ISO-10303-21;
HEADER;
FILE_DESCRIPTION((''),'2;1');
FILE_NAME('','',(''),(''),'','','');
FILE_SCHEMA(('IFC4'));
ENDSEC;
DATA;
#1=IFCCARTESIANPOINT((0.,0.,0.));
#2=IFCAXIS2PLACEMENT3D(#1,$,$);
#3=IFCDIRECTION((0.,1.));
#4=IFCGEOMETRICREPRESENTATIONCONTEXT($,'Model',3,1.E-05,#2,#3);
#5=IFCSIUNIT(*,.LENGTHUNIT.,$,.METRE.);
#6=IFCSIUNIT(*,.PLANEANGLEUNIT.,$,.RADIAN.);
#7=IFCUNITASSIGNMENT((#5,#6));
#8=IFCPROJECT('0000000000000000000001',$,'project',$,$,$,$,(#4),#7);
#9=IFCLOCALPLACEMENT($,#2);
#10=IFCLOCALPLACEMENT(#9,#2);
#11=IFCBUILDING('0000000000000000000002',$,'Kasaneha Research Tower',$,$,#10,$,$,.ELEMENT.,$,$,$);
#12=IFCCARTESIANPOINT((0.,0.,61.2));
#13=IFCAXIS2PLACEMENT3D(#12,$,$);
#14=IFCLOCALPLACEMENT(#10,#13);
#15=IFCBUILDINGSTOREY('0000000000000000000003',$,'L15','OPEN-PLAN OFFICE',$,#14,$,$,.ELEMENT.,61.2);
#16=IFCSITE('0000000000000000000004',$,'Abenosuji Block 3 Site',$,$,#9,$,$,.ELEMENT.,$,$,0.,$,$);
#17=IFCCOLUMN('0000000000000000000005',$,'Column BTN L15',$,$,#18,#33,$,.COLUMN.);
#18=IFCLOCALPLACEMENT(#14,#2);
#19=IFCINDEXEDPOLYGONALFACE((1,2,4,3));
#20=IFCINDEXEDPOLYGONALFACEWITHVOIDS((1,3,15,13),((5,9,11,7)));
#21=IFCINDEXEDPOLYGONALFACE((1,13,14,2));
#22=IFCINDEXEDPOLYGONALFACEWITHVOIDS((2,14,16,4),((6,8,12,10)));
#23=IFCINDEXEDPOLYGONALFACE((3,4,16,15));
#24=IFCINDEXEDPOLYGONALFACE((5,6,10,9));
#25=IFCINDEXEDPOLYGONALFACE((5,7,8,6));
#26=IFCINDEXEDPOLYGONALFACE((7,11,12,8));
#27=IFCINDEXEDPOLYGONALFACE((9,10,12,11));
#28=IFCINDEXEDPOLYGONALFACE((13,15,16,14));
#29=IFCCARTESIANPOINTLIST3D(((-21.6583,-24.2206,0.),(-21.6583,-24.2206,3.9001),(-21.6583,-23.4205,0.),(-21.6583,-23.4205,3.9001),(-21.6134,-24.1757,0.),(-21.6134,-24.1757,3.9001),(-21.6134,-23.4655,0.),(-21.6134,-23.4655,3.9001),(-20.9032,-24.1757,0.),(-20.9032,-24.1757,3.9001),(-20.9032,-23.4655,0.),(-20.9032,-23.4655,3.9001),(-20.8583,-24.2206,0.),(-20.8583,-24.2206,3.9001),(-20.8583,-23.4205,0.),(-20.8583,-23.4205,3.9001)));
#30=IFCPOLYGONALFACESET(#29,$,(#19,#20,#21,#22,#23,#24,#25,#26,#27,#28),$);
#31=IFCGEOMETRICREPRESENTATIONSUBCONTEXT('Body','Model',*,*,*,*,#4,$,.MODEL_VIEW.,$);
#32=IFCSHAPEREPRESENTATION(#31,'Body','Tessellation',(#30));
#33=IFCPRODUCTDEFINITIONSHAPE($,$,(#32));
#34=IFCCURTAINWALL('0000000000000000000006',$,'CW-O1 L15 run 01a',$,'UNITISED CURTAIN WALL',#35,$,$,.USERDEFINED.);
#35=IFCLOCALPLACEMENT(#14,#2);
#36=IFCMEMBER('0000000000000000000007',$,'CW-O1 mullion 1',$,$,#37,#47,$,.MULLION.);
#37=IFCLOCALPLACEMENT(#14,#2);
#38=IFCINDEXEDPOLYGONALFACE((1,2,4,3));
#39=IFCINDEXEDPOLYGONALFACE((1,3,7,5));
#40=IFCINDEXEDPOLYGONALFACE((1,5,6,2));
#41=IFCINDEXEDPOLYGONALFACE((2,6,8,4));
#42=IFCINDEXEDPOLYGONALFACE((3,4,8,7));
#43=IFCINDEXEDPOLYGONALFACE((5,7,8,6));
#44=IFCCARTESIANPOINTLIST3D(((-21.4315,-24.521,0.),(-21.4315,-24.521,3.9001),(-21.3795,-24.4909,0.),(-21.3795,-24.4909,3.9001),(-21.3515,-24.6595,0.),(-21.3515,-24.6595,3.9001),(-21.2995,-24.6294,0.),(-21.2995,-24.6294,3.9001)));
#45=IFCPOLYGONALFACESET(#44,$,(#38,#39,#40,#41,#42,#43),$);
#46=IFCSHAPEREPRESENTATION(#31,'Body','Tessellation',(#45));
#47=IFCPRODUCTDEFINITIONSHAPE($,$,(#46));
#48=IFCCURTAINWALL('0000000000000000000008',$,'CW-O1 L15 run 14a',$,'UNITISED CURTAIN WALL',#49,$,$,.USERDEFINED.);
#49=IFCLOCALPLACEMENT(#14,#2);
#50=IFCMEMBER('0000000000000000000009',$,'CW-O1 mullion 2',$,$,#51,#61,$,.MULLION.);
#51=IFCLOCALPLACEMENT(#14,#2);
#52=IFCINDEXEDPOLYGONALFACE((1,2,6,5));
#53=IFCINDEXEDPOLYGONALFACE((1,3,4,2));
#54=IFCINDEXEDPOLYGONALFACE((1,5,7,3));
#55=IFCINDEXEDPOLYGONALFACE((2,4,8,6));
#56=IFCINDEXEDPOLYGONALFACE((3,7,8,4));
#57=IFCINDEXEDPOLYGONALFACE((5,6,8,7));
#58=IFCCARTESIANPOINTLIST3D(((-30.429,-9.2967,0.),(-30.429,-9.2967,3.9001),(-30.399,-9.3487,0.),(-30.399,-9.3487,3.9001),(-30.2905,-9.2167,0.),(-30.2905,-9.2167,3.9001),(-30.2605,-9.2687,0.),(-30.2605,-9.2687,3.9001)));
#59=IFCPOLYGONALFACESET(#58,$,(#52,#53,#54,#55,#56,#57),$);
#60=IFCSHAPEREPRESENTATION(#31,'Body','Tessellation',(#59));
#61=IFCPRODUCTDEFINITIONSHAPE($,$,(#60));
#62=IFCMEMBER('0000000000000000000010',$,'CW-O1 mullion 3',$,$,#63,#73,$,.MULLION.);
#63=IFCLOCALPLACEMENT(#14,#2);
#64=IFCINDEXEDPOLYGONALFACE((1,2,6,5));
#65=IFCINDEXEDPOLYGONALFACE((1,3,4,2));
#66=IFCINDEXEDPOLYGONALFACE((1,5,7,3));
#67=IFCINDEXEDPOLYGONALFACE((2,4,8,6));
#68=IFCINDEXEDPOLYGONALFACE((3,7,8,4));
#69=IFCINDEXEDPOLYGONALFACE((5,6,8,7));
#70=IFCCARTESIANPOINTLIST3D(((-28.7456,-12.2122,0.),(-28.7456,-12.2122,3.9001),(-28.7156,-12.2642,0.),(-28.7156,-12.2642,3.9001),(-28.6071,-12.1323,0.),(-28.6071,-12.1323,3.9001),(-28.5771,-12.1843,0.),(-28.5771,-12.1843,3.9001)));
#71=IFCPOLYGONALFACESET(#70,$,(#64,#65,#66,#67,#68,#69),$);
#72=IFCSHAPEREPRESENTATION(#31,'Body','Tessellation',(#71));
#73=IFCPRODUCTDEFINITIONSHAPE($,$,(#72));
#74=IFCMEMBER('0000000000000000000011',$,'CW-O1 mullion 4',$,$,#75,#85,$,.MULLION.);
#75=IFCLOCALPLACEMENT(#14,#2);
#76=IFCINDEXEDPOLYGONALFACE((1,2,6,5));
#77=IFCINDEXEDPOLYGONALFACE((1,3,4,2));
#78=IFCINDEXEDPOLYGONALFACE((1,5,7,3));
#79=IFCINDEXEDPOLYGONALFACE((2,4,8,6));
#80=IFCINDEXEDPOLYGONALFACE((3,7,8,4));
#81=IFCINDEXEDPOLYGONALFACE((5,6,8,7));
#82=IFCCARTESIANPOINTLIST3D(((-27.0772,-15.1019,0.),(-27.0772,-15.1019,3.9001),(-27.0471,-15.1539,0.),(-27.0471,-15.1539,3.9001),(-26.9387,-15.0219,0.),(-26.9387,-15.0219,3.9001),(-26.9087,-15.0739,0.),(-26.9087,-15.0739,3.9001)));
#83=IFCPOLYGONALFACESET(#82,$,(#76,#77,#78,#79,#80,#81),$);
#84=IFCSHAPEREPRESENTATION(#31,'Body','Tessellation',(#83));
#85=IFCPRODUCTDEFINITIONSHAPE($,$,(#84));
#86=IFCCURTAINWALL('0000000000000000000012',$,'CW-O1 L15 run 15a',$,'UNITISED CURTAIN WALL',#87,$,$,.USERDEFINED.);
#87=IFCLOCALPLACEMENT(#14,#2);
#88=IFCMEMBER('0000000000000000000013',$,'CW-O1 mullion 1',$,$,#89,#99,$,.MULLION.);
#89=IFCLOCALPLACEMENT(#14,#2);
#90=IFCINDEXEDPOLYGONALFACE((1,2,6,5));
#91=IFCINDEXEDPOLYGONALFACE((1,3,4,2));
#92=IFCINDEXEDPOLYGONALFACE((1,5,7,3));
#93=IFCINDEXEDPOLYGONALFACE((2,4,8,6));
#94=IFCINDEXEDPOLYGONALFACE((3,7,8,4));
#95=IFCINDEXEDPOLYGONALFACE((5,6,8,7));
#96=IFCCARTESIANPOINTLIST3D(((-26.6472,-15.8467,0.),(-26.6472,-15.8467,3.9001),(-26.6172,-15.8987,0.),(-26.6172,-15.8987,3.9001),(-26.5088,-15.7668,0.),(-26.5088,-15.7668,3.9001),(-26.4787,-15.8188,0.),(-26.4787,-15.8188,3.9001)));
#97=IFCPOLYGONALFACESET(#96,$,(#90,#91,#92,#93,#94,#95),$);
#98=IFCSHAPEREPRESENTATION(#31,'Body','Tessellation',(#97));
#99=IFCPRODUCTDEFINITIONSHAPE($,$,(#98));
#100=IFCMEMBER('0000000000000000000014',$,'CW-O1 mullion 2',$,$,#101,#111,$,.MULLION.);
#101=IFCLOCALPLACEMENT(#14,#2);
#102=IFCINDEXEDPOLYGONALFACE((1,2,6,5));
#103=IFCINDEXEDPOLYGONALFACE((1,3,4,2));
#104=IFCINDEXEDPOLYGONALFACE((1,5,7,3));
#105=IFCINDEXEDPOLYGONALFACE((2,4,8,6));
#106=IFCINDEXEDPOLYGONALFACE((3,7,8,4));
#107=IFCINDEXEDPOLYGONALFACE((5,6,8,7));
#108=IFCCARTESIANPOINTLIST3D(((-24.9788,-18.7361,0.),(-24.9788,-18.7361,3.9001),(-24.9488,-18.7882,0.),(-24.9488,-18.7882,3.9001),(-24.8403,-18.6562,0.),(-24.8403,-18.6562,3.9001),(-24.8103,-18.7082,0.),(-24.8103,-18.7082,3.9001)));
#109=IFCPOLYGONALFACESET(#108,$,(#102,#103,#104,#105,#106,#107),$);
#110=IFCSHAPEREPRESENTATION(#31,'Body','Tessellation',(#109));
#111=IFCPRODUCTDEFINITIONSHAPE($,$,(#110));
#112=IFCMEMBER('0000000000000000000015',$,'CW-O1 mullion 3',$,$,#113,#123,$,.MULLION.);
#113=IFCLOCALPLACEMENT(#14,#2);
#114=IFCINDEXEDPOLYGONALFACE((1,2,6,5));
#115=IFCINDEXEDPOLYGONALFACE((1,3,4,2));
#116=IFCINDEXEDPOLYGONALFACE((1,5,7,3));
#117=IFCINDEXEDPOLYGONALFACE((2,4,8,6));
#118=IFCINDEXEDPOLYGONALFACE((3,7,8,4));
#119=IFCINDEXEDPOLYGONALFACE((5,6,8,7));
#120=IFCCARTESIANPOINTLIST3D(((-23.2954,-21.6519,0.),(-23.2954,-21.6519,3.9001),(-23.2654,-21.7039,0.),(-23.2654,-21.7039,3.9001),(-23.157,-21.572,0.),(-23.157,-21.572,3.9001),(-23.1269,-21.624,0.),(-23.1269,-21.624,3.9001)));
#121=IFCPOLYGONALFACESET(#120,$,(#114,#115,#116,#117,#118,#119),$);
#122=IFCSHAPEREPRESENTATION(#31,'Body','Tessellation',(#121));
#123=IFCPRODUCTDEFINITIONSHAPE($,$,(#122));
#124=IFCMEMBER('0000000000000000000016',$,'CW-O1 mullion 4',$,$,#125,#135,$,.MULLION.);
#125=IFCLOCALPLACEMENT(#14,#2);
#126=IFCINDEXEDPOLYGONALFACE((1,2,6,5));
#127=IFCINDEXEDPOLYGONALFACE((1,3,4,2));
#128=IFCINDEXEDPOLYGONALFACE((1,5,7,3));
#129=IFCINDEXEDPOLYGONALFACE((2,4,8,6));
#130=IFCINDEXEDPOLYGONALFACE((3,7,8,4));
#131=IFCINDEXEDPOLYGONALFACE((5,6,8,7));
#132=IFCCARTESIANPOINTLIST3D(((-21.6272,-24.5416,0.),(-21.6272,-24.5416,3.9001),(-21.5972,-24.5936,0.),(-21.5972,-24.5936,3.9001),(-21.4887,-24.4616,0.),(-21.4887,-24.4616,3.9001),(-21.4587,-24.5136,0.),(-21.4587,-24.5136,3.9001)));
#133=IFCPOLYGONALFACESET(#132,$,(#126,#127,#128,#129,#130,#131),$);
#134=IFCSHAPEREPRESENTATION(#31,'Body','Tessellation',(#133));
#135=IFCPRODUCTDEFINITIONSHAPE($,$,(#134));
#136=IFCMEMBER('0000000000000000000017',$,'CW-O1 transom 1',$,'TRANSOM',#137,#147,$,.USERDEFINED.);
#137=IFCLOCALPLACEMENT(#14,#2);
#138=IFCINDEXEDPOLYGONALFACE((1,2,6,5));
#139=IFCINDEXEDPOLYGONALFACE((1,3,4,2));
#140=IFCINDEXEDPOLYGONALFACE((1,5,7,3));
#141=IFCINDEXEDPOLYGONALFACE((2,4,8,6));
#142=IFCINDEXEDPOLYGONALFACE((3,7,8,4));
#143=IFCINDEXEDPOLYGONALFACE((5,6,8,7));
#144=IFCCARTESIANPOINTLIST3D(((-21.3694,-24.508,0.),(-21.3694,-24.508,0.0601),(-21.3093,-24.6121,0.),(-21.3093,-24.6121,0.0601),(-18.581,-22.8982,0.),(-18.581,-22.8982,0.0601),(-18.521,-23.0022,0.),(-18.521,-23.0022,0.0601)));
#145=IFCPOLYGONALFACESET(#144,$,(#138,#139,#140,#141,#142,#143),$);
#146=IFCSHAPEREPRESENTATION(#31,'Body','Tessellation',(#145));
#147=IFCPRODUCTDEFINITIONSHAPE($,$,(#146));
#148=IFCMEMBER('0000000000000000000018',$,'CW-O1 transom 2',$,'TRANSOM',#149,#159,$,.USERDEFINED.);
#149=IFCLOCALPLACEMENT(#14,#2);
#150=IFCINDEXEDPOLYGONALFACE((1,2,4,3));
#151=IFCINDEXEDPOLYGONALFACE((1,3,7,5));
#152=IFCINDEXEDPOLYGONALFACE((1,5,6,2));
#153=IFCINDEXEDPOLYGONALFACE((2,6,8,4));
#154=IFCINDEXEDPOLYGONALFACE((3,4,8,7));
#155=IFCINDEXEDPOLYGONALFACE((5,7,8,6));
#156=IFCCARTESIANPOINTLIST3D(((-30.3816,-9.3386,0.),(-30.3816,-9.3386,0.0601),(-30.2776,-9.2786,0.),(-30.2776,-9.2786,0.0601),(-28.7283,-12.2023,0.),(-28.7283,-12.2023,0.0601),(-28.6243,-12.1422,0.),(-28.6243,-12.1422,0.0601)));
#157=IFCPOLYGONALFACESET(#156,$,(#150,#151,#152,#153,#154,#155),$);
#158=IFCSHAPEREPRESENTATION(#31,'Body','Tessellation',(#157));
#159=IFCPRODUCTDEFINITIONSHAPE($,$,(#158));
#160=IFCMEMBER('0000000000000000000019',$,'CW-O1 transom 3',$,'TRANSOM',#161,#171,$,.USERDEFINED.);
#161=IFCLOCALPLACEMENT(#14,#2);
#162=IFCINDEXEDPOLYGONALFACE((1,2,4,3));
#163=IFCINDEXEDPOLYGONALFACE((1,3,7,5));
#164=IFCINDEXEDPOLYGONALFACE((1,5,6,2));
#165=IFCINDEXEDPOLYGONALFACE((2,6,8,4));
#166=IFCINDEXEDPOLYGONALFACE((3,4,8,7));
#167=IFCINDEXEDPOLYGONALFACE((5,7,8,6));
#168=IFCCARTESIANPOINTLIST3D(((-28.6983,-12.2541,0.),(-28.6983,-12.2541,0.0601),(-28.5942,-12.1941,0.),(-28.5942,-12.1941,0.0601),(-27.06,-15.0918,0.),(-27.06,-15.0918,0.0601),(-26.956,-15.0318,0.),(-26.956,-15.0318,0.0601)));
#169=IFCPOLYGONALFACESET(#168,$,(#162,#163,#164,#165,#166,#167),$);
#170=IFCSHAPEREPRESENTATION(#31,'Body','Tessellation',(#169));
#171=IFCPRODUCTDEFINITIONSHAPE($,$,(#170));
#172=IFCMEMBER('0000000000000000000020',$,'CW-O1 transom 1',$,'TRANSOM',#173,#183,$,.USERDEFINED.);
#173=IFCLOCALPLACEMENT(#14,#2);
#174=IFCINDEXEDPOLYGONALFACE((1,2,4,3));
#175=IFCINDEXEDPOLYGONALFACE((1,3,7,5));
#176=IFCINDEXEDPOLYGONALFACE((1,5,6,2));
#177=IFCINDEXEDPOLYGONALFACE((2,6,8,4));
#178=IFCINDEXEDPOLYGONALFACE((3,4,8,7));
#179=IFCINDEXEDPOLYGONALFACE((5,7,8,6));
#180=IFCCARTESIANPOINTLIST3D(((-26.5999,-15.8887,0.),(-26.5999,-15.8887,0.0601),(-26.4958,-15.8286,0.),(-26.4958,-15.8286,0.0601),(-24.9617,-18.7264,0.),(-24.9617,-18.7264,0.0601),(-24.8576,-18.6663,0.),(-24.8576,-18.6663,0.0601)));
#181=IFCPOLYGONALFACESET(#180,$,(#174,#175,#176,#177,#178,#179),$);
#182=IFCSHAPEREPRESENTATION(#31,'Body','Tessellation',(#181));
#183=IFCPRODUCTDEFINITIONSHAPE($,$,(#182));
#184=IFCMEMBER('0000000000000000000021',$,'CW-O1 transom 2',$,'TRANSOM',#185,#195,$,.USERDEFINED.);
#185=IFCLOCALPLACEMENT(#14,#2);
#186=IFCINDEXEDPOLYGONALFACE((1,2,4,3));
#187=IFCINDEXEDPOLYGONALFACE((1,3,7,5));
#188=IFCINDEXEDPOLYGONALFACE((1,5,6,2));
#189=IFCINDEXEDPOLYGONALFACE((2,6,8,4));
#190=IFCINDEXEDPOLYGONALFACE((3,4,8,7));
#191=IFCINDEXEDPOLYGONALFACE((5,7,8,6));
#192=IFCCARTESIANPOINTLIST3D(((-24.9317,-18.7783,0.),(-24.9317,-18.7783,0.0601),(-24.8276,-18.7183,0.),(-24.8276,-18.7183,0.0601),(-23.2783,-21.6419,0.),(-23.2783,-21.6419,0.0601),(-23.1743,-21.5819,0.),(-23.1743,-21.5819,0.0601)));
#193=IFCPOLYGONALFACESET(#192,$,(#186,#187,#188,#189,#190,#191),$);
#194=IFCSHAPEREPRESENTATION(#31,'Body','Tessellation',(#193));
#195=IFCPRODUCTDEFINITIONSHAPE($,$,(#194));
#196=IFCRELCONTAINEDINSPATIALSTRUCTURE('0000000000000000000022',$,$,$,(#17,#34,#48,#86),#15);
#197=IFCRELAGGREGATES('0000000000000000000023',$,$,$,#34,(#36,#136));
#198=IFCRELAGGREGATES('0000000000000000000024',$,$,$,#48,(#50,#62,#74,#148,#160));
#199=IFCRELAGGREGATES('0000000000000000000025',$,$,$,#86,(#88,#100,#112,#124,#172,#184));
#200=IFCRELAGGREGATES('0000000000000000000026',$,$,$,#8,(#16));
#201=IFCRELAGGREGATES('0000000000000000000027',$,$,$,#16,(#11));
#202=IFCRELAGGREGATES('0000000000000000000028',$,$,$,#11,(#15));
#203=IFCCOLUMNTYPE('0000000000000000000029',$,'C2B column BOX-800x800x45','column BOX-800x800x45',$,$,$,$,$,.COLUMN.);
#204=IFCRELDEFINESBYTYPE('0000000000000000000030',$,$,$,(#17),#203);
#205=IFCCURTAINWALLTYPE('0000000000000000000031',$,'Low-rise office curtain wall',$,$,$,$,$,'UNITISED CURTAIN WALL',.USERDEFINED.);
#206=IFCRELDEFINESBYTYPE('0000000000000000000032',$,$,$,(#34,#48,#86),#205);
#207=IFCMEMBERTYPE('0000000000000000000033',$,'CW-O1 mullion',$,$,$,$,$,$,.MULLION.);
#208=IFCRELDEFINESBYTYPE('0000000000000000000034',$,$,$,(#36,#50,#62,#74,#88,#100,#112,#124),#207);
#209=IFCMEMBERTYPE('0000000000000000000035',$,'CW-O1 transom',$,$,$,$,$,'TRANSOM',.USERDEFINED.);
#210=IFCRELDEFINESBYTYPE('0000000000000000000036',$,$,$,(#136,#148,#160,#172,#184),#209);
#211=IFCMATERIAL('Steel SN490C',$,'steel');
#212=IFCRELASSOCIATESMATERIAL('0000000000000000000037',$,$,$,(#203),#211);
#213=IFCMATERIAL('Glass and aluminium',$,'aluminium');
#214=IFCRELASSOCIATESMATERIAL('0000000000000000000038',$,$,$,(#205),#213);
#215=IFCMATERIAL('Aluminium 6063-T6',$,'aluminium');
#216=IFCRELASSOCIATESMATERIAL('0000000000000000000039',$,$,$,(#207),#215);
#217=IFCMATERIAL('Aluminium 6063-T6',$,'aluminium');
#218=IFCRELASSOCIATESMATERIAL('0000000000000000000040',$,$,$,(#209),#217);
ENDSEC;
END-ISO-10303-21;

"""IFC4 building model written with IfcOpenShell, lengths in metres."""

from ifc_helpers import new_model, si_unit, direction, frame, origin, origin_2d, place, context, subcontext, project, spatial, rectangle, hollow_rectangle, extrude, material, material_profile, profile_set, type_object, element, aggregate, save


model = new_model("IFC4")

# Units and contexts
model_context = context("Model", 3, precision=1e-05, world=origin(), true_north=direction((0.0, 1.0)))
body_context = subcontext(model_context, "Body", "Model", "MODEL_VIEW")
ifc_project = project(units=[si_unit("LENGTHUNIT", "METRE"), si_unit("PLANEANGLEUNIT", "RADIAN")], contexts=[model_context])

# Site, building, storey
site_placement = place(None, origin())
site = spatial("IfcSite", under=ifc_project, at=site_placement, Name="Abenosuji Block 3 Site", CompositionType="ELEMENT", RefElevation=0.0)
building_placement = place(site_placement, origin())
building = spatial("IfcBuilding", under=site, at=building_placement, Name="Kasaneha Research Tower", CompositionType="ELEMENT")
storey_placement = place(building_placement, frame((0.0, 0.0, 61.2)))
storey = spatial("IfcBuildingStorey", under=building, at=storey_placement, Name="L15", Description="OPEN-PLAN OFFICE", CompositionType="ELEMENT", Elevation=61.2)

# Column
ifc_material_1 = material(Name="Steel SN490C", Category="steel")
ifc_material_profile_1 = material_profile(ifc_material_1, hollow_rectangle(XDim=0.8, YDim=0.8, WallThickness=0.0449, at=origin_2d()), Name="BOX-800x800x45")
ifc_profile_set_1 = profile_set([ifc_material_profile_1], Name="Steel SN490C")
column_type = type_object("IfcColumnType", Name="C2B column BOX-800x800x45", Description="column BOX-800x800x45", PredefinedType="COLUMN", material=ifc_profile_set_1)
column_placement = place(storey_placement, frame((-21.2583, -23.8206, 0.0), z_axis=(0.0, 0.0, 1.0), x_axis=(1.0, 0.0, 0.0)))
element("IfcColumn", 1, at=column_placement, inside=storey, type_object=column_type, Name="Column BTN L15", PredefinedType="COLUMN", context=body_context, shape_type="SweptSolid", body=[
    extrude(hollow_rectangle(XDim=0.8, YDim=0.8, WallThickness=0.0449, at=origin_2d()), origin(), (0.0, 0.0, 1.0), 3.9001),
])

# Curtain wall, member
ifc_material_2 = material(Name="Glass and aluminium", Category="aluminium")
curtain_wall_type = type_object("IfcCurtainWallType", Name="Low-rise office curtain wall", ElementType="UNITISED CURTAIN WALL", PredefinedType="USERDEFINED", material=ifc_material_2)
curtain_wall_1_placement = place(storey_placement, origin())
curtain_wall_1 = element("IfcCurtainWall", 2, at=curtain_wall_1_placement, inside=storey, type_object=curtain_wall_type, Name="CW-O1 L15 run 01a", ObjectType="UNITISED CURTAIN WALL", PredefinedType="USERDEFINED")
ifc_material_3 = material(Name="Aluminium 6063-T6", Category="aluminium")
ifc_material_profile_2 = material_profile(ifc_material_3, rectangle(XDim=0.0601, YDim=0.1599, at=origin_2d()), Name="CW-O1 mullion 60x160")
ifc_profile_set_2 = profile_set([ifc_material_profile_2], Name="Aluminium 6063-T6")
member_type_1 = type_object("IfcMemberType", Name="CW-O1 mullion", PredefinedType="MULLION", material=ifc_profile_set_2)
member_1_placement = place(storey_placement, frame((-21.3655, -24.5752, 0.0), z_axis=(0.0, 0.0, 1.0), x_axis=(0.866025, 0.5, 0.0)))
member_1 = element("IfcMember", 3, at=member_1_placement, type_object=member_type_1, Name="CW-O1 mullion 1", PredefinedType="MULLION", context=body_context, shape_type="SweptSolid", body=[
    extrude(rectangle(XDim=0.0601, YDim=0.1599, at=origin_2d()), origin(), (0.0, 0.0, 1.0), 3.9001),
])

# Curtain walls, members
curtain_wall_2_placement = place(storey_placement, origin())
curtain_wall_2 = element("IfcCurtainWall", 4, at=curtain_wall_2_placement, inside=storey, type_object=curtain_wall_type, Name="CW-O1 L15 run 14a", ObjectType="UNITISED CURTAIN WALL", PredefinedType="USERDEFINED")
member_2_placement = place(storey_placement, frame((-30.3447, -9.2827, 0.0), z_axis=(0.0, 0.0, 1.0), x_axis=(0.5, -0.866025, 0.0)))
member_2 = element("IfcMember", 5, at=member_2_placement, type_object=member_type_1, Name="CW-O1 mullion 2", PredefinedType="MULLION", context=body_context, shape_type="SweptSolid", body=[
    extrude(rectangle(XDim=0.0601, YDim=0.1599, at=origin_2d()), origin(), (0.0, 0.0, 1.0), 3.9001),
])
member_3_placement = place(storey_placement, frame((-28.6614, -12.1982, 0.0), z_axis=(0.0, 0.0, 1.0), x_axis=(0.5, -0.866025, 0.0)))
member_3 = element("IfcMember", 6, at=member_3_placement, type_object=member_type_1, Name="CW-O1 mullion 3", PredefinedType="MULLION", context=body_context, shape_type="SweptSolid", body=[
    extrude(rectangle(XDim=0.0601, YDim=0.1599, at=origin_2d()), origin(), (0.0, 0.0, 1.0), 3.9001),
])
member_4_placement = place(storey_placement, frame((-26.9929, -15.0879, 0.0), z_axis=(0.0, 0.0, 1.0), x_axis=(0.5, -0.866025, 0.0)))
member_4 = element("IfcMember", 7, at=member_4_placement, type_object=member_type_1, Name="CW-O1 mullion 4", PredefinedType="MULLION", context=body_context, shape_type="SweptSolid", body=[
    extrude(rectangle(XDim=0.0601, YDim=0.1599, at=origin_2d()), origin(), (0.0, 0.0, 1.0), 3.9001),
])
curtain_wall_3_placement = place(storey_placement, origin())
curtain_wall_3 = element("IfcCurtainWall", 8, at=curtain_wall_3_placement, inside=storey, type_object=curtain_wall_type, Name="CW-O1 L15 run 15a", ObjectType="UNITISED CURTAIN WALL", PredefinedType="USERDEFINED")
member_5_placement = place(storey_placement, frame((-26.563, -15.8328, 0.0), z_axis=(0.0, 0.0, 1.0), x_axis=(0.5, -0.866025, 0.0)))
member_5 = element("IfcMember", 9, at=member_5_placement, type_object=member_type_1, Name="CW-O1 mullion 1", PredefinedType="MULLION", context=body_context, shape_type="SweptSolid", body=[
    extrude(rectangle(XDim=0.0601, YDim=0.1599, at=origin_2d()), origin(), (0.0, 0.0, 1.0), 3.9001),
])
member_6_placement = place(storey_placement, frame((-24.8945, -18.7222, 0.0), z_axis=(0.0, 0.0, 1.0), x_axis=(0.5, -0.866025, 0.0)))
member_6 = element("IfcMember", 10, at=member_6_placement, type_object=member_type_1, Name="CW-O1 mullion 2", PredefinedType="MULLION", context=body_context, shape_type="SweptSolid", body=[
    extrude(rectangle(XDim=0.0601, YDim=0.1599, at=origin_2d()), origin(), (0.0, 0.0, 1.0), 3.9001),
])
member_7_placement = place(storey_placement, frame((-23.2112, -21.6379, 0.0), z_axis=(0.0, 0.0, 1.0), x_axis=(0.5, -0.866025, 0.0)))
member_7 = element("IfcMember", 11, at=member_7_placement, type_object=member_type_1, Name="CW-O1 mullion 3", PredefinedType="MULLION", context=body_context, shape_type="SweptSolid", body=[
    extrude(rectangle(XDim=0.0601, YDim=0.1599, at=origin_2d()), origin(), (0.0, 0.0, 1.0), 3.9001),
])
member_8_placement = place(storey_placement, frame((-21.543, -24.5276, 0.0), z_axis=(0.0, 0.0, 1.0), x_axis=(0.5, -0.866025, 0.0)))
member_8 = element("IfcMember", 12, at=member_8_placement, type_object=member_type_1, Name="CW-O1 mullion 4", PredefinedType="MULLION", context=body_context, shape_type="SweptSolid", body=[
    extrude(rectangle(XDim=0.0601, YDim=0.1599, at=origin_2d()), origin(), (0.0, 0.0, 1.0), 3.9001),
])

# Members
ifc_material_4 = material(Name="Aluminium 6063-T6", Category="aluminium")
ifc_material_profile_3 = material_profile(ifc_material_4, rectangle(XDim=0.1201, YDim=0.0601, at=origin_2d()), Name="CW-O1 transom 120x60")
ifc_profile_set_3 = profile_set([ifc_material_profile_3], Name="Aluminium 6063-T6")
member_type_2 = type_object("IfcMemberType", Name="CW-O1 transom", ElementType="TRANSOM", PredefinedType="USERDEFINED", material=ifc_profile_set_3)
member_9_placement = place(storey_placement, frame((-21.3394, -24.5601, 0.03), z_axis=(0.866023, 0.500005, 0.0), x_axis=(-0.500005, 0.866023, 0.0)))
member_9 = element("IfcMember", 13, at=member_9_placement, type_object=member_type_2, Name="CW-O1 transom 1", ObjectType="TRANSOM", PredefinedType="USERDEFINED", context=body_context, shape_type="SweptSolid", body=[
    extrude(rectangle(XDim=0.1201, YDim=0.0601, at=origin_2d()), origin(), (0.0, 0.0, 1.0), 3.2197),
])
member_10_placement = place(storey_placement, frame((-30.3296, -9.3086, 0.03), z_axis=(0.499982, -0.866036, 0.0), x_axis=(0.866036, 0.499982, 0.0)))
member_10 = element("IfcMember", 14, at=member_10_placement, type_object=member_type_2, Name="CW-O1 transom 2", ObjectType="TRANSOM", PredefinedType="USERDEFINED", context=body_context, shape_type="SweptSolid", body=[
    extrude(rectangle(XDim=0.1201, YDim=0.0601, at=origin_2d()), origin(), (0.0, 0.0, 1.0), 3.3066),
])
member_11_placement = place(storey_placement, frame((-28.6462, -12.2241, 0.03), z_axis=(0.49997, -0.866043, 0.0), x_axis=(0.866043, 0.49997, 0.0)))
member_11 = element("IfcMember", 15, at=member_11_placement, type_object=member_type_2, Name="CW-O1 transom 3", ObjectType="TRANSOM", PredefinedType="USERDEFINED", context=body_context, shape_type="SweptSolid", body=[
    extrude(rectangle(XDim=0.1201, YDim=0.0601, at=origin_2d()), origin(), (0.0, 0.0, 1.0), 3.2766),
])
member_12_placement = place(storey_placement, frame((-26.5479, -15.8586, 0.03), z_axis=(0.49997, -0.866043, 0.0), x_axis=(0.866043, 0.49997, 0.0)))
member_12 = element("IfcMember", 16, at=member_12_placement, type_object=member_type_2, Name="CW-O1 transom 1", ObjectType="TRANSOM", PredefinedType="USERDEFINED", context=body_context, shape_type="SweptSolid", body=[
    extrude(rectangle(XDim=0.1201, YDim=0.0601, at=origin_2d()), origin(), (0.0, 0.0, 1.0), 3.2766),
])
member_13_placement = place(storey_placement, frame((-24.8796, -18.7483, 0.03), z_axis=(0.500014, -0.866017, 0.0), x_axis=(0.866017, 0.500014, 0.0)))
member_13 = element("IfcMember", 17, at=member_13_placement, type_object=member_type_2, Name="CW-O1 transom 2", ObjectType="TRANSOM", PredefinedType="USERDEFINED", context=body_context, shape_type="SweptSolid", body=[
    extrude(rectangle(XDim=0.1201, YDim=0.0601, at=origin_2d()), origin(), (0.0, 0.0, 1.0), 3.3066),
])

aggregate(curtain_wall_1, [member_1, member_9])
aggregate(curtain_wall_2, [member_2, member_3, member_4, member_10, member_11])
aggregate(curtain_wall_3, [member_5, member_6, member_7, member_8, member_12, member_13])

save(model, "model.ifc")
